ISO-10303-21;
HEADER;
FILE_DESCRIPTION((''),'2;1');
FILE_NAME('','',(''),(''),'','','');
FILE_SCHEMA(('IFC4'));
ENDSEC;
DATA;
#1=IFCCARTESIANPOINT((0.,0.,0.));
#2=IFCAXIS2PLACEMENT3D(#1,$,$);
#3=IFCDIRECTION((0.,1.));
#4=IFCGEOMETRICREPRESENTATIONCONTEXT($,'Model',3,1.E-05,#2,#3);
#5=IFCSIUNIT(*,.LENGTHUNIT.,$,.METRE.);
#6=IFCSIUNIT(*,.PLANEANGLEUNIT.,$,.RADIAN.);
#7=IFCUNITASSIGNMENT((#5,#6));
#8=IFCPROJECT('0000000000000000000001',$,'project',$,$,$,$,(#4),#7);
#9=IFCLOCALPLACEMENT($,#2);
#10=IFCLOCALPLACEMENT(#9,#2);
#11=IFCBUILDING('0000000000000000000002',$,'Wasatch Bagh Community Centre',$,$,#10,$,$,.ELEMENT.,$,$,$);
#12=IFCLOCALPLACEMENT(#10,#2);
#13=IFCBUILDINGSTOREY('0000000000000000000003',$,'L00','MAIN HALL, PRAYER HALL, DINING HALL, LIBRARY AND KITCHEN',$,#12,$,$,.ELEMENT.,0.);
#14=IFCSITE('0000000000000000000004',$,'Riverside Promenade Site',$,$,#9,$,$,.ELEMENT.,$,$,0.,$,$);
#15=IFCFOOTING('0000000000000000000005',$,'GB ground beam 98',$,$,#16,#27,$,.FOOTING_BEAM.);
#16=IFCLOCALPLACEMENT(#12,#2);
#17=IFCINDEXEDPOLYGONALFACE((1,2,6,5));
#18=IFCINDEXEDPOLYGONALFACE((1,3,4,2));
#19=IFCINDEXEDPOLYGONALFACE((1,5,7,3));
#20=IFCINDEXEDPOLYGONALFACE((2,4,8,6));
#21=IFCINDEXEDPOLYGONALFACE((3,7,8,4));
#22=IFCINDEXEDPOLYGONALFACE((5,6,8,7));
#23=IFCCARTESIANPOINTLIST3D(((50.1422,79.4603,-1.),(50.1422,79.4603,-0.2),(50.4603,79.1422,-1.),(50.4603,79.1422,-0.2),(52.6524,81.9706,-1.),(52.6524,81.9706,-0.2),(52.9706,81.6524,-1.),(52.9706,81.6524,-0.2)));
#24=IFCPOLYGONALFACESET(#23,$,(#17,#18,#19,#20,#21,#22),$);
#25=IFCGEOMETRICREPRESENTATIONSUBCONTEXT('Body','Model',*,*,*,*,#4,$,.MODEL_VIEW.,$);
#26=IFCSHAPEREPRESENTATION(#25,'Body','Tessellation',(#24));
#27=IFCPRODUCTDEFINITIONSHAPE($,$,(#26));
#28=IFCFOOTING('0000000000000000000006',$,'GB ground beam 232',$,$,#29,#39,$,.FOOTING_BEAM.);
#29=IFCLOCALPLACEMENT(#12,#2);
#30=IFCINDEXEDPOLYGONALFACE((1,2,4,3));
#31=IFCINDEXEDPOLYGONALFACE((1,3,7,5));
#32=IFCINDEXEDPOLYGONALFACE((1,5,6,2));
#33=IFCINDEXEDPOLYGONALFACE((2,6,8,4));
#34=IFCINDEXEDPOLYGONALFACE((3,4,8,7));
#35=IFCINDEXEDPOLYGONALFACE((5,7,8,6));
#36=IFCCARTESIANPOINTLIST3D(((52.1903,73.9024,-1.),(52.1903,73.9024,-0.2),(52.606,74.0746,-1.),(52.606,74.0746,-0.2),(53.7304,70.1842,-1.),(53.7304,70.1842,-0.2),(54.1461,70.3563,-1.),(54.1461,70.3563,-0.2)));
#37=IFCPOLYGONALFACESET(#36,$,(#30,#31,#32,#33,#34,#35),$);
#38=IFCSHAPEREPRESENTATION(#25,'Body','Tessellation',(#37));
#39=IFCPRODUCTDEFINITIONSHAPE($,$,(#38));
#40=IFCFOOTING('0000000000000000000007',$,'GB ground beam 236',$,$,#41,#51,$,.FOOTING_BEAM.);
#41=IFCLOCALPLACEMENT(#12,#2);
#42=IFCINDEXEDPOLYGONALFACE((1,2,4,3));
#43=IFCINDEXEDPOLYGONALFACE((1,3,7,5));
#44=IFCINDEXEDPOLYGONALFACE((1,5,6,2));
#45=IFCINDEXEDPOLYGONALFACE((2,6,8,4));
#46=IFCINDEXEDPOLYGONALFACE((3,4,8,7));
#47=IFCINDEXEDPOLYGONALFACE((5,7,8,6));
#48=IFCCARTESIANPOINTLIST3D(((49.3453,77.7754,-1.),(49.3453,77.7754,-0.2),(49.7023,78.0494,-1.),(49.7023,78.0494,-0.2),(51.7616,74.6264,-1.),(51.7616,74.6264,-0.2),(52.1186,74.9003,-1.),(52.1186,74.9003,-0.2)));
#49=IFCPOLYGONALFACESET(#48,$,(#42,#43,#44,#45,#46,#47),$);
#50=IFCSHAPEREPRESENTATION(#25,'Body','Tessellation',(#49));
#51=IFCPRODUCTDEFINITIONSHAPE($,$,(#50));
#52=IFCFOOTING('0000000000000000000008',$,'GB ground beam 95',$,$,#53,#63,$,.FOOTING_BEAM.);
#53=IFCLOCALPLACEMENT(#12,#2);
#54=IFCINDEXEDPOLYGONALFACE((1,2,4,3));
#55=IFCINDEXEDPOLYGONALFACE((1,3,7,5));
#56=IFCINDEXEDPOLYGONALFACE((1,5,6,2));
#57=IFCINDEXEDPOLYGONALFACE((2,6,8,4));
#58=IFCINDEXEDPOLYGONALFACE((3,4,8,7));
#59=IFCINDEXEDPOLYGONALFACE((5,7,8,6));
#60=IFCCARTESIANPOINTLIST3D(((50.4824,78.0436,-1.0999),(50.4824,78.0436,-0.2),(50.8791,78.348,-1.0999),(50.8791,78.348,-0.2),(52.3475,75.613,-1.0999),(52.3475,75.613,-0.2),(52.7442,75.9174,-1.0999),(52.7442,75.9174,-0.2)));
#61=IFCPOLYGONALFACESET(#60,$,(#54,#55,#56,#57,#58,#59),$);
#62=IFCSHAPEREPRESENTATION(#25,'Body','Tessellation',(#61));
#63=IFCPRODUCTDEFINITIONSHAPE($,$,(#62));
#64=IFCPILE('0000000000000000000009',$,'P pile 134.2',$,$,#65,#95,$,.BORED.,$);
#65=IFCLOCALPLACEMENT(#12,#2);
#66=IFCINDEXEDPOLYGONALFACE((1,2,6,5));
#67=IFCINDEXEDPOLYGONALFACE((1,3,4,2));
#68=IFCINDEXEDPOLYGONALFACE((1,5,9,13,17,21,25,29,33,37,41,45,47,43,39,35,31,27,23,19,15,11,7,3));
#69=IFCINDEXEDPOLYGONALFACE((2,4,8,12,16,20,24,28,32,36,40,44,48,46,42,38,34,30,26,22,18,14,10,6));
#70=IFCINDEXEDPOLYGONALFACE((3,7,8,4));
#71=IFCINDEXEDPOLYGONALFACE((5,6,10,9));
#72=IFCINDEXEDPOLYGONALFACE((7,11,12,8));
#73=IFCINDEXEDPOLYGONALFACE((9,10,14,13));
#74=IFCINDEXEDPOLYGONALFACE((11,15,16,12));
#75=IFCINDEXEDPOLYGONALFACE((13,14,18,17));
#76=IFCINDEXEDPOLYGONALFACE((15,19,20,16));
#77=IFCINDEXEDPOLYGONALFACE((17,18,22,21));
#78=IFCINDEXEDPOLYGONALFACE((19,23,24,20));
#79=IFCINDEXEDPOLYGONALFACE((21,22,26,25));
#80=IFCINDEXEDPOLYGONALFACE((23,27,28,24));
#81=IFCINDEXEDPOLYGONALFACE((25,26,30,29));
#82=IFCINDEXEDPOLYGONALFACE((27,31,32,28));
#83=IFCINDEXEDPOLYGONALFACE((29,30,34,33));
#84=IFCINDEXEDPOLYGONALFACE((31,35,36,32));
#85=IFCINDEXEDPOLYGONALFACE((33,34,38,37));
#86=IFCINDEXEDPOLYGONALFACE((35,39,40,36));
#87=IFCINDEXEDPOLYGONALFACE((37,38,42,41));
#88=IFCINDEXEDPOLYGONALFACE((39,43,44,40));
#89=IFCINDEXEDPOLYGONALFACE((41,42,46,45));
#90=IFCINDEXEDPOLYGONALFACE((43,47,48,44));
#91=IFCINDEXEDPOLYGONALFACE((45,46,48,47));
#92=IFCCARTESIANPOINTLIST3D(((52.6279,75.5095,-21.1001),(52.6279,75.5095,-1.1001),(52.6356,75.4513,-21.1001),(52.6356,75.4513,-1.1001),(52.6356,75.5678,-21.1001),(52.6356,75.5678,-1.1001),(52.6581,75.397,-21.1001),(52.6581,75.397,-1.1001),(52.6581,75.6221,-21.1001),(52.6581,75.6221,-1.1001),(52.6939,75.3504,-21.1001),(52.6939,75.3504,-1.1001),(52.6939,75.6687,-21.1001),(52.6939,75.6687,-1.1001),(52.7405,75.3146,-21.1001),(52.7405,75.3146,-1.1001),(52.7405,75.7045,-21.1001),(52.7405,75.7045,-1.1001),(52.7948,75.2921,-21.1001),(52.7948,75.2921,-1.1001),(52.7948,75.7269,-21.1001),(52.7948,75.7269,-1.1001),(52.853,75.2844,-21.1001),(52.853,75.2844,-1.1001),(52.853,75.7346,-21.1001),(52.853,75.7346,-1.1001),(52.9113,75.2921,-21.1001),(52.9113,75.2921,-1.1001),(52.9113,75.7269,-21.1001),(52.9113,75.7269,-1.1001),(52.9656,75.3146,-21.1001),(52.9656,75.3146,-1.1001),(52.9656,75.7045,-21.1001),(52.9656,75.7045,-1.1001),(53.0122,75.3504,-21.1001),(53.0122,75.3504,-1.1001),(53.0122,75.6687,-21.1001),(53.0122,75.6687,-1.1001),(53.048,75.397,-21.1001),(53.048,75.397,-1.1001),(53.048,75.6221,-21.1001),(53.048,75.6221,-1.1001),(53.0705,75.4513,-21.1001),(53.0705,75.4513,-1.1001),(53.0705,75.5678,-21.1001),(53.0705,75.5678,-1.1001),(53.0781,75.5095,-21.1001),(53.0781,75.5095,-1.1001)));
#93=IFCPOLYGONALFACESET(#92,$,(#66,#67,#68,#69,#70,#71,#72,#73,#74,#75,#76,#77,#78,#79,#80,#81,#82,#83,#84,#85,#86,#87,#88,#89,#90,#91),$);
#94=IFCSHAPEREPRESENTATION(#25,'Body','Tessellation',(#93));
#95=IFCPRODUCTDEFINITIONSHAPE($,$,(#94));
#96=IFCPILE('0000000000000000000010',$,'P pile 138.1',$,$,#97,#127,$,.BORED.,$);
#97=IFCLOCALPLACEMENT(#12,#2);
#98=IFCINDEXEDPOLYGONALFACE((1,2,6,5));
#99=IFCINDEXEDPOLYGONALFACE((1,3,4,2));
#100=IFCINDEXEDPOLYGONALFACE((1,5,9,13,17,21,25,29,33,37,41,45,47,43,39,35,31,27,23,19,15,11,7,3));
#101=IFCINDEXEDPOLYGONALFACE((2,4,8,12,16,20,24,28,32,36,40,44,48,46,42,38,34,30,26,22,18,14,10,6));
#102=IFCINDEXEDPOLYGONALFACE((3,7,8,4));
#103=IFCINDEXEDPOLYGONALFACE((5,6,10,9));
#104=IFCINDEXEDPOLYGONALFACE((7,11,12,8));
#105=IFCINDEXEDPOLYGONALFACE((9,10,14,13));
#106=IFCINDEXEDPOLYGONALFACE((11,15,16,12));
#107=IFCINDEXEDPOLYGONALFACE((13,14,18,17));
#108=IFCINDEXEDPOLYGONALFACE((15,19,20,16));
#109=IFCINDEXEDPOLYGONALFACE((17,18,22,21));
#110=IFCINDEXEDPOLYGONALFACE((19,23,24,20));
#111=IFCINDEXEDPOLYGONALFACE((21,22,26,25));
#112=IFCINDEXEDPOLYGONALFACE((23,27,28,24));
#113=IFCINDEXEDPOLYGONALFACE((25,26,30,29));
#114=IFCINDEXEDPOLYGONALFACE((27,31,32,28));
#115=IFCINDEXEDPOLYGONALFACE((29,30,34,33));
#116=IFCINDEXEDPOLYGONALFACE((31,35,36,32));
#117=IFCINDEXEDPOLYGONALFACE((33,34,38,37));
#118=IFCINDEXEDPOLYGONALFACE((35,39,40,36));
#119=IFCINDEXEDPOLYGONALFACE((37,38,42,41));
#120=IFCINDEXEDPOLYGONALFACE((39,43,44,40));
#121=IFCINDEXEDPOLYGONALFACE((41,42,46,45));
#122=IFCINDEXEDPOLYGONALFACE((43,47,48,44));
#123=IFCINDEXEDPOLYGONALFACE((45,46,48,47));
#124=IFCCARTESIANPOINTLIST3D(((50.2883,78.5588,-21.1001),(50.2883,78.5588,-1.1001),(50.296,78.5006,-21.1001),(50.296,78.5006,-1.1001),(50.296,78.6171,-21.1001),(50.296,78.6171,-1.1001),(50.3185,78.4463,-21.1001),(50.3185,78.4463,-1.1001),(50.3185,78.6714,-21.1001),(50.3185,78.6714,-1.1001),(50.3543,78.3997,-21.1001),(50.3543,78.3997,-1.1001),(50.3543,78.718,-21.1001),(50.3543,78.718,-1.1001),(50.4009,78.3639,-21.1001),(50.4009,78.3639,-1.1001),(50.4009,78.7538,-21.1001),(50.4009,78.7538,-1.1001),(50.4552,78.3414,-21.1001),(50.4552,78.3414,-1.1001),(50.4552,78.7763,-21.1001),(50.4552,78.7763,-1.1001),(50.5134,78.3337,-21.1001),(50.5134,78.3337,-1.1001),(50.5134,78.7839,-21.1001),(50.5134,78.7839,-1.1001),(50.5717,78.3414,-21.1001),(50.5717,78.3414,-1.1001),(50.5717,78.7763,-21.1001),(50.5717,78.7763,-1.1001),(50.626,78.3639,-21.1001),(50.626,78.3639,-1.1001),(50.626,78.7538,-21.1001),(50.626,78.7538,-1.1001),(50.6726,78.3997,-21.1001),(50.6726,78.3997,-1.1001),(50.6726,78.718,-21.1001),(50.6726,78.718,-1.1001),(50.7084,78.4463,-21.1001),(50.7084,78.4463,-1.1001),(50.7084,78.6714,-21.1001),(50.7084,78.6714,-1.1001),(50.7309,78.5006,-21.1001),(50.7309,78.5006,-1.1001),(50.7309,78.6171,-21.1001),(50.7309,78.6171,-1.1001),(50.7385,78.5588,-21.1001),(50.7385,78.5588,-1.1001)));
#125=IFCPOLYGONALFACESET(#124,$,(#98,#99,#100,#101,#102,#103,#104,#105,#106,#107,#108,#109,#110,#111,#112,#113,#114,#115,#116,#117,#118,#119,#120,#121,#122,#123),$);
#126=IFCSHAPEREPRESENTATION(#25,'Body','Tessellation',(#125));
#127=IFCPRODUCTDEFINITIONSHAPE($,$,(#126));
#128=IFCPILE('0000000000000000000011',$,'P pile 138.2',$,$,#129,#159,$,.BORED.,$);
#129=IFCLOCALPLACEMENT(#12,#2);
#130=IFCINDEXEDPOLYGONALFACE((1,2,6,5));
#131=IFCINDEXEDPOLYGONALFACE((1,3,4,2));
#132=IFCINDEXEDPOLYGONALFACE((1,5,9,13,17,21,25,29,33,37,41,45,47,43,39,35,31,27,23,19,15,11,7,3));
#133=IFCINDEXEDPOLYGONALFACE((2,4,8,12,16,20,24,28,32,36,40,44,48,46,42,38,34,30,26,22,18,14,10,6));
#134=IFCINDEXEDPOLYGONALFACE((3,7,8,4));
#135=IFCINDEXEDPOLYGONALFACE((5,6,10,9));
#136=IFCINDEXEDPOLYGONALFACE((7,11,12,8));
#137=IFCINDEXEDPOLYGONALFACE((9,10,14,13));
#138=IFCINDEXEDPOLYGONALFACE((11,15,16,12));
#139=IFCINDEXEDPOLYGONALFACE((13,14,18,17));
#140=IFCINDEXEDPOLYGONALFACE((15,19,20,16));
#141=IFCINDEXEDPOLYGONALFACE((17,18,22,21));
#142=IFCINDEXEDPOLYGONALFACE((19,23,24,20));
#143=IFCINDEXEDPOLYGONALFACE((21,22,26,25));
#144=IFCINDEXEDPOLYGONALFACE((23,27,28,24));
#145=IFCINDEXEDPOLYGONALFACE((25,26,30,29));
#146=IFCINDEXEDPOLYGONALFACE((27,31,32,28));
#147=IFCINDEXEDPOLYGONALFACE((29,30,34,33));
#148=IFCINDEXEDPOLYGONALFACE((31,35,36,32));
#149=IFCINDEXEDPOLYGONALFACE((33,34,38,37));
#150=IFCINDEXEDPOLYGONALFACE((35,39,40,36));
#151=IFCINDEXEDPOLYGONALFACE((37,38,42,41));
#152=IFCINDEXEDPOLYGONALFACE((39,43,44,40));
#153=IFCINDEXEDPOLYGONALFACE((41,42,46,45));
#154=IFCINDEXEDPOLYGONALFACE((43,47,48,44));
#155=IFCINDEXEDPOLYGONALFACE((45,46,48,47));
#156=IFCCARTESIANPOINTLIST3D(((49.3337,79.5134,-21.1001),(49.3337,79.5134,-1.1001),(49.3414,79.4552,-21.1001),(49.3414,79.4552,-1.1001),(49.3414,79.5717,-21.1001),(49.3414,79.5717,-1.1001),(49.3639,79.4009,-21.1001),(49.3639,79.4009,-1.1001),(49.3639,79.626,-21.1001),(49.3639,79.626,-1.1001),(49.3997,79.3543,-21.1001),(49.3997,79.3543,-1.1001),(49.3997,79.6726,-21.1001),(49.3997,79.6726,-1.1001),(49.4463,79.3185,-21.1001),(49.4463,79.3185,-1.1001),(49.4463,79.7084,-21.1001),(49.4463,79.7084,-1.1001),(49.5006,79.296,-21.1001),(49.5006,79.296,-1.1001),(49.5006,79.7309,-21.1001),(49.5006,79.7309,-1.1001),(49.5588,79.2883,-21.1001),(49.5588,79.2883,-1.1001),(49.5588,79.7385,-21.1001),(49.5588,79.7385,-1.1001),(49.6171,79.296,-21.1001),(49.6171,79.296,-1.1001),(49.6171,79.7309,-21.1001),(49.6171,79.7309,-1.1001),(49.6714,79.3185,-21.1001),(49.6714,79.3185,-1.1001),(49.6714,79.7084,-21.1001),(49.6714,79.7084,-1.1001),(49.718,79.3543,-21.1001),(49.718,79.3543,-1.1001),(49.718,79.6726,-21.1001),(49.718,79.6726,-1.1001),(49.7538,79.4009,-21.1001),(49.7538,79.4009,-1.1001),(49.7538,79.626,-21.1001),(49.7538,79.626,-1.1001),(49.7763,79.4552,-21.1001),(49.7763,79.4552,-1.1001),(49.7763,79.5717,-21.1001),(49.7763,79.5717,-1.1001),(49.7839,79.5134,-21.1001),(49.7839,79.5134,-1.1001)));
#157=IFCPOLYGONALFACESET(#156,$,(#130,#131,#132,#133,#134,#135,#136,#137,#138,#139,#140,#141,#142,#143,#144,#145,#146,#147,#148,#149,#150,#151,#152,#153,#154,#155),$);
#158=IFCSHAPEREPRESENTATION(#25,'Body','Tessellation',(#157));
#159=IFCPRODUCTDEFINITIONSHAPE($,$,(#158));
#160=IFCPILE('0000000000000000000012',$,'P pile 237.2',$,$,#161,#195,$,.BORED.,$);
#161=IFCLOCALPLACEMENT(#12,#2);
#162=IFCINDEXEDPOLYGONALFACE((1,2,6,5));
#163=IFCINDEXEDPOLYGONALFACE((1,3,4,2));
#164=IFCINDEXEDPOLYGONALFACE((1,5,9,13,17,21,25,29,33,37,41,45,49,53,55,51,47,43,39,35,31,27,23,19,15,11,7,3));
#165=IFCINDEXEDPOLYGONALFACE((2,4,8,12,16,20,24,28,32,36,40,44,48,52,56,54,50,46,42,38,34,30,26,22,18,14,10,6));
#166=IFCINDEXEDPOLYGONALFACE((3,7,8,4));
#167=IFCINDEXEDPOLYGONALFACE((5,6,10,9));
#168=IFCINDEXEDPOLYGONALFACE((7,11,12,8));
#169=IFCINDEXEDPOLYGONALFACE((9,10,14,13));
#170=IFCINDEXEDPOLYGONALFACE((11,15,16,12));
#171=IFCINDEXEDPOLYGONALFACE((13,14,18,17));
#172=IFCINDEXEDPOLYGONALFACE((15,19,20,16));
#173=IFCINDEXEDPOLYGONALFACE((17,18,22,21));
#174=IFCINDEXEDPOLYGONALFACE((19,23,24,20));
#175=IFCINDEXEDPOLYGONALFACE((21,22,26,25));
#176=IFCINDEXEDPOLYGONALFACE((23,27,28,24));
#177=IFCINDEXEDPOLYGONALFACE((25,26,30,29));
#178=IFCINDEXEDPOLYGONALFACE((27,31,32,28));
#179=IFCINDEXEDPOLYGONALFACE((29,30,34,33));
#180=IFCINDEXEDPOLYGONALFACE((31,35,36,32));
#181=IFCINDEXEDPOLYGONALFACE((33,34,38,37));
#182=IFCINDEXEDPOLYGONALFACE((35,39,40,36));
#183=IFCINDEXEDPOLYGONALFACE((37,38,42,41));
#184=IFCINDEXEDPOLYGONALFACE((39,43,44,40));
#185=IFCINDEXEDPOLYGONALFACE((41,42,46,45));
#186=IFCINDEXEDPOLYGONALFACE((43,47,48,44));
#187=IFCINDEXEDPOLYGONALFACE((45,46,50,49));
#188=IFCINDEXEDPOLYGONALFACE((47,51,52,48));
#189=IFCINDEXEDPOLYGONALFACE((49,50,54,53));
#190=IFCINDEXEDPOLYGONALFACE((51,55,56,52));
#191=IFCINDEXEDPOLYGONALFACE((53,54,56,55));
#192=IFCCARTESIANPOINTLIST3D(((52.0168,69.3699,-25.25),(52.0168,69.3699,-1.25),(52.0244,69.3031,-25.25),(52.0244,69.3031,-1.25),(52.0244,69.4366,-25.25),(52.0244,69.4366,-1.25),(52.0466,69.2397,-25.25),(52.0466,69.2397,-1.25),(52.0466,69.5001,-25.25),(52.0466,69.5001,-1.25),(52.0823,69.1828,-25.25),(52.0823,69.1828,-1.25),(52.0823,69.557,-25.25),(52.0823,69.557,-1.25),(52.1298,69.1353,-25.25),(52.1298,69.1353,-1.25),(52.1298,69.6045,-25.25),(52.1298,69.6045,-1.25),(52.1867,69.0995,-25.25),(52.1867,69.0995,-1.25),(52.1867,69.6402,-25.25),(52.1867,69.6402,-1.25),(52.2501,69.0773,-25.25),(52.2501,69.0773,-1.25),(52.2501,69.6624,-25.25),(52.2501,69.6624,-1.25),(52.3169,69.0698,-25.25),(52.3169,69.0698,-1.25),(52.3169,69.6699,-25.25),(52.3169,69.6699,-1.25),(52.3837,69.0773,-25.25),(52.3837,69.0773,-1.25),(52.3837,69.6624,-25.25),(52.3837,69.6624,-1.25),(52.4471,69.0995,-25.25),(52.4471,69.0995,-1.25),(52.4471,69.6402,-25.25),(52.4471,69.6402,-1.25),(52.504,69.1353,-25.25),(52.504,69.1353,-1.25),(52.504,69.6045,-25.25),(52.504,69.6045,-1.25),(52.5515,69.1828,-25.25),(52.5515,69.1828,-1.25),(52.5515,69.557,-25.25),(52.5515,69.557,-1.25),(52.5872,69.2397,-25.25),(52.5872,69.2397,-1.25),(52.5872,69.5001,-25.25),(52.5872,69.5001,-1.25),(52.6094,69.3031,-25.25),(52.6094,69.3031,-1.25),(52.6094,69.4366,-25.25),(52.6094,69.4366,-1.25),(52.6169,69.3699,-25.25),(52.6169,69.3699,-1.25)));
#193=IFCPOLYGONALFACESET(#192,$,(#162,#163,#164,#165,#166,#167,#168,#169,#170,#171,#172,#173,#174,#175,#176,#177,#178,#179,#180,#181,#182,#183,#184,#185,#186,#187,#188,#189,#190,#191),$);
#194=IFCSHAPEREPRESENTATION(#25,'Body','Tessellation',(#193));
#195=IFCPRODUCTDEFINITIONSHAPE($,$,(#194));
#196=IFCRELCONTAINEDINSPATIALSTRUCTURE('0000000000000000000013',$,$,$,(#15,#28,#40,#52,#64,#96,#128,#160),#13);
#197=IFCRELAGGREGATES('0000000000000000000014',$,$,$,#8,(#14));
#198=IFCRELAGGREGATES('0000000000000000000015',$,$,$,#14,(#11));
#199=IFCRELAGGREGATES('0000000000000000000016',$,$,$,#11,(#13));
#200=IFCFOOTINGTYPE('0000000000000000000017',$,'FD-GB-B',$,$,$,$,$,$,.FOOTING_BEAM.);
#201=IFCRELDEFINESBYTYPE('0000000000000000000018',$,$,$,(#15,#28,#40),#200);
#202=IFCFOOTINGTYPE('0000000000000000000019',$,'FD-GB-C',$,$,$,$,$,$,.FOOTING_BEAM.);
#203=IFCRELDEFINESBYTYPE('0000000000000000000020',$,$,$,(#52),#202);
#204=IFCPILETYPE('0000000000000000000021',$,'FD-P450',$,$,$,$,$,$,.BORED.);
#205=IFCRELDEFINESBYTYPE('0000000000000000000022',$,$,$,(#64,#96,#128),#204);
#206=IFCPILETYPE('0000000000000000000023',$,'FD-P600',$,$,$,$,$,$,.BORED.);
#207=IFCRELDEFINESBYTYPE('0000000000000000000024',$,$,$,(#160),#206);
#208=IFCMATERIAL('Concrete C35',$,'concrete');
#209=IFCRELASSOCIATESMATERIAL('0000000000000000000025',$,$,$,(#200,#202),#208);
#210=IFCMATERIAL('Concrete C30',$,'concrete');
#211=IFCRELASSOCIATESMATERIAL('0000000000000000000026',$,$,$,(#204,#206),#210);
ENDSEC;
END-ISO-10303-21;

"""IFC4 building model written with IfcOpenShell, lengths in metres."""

from ifc_helpers import new_model, si_unit, direction, frame, origin, origin_2d, place, context, subcontext, project, spatial, rectangle, circle, extrude, material, material_profile, profile_set, type_object, element, save


model = new_model("IFC4")

# Units and contexts
model_context = context("Model", 3, precision=1e-05, world=origin(), true_north=direction((0.0, 1.0)))
body_context = subcontext(model_context, "Body", "Model", "MODEL_VIEW")
ifc_project = project(units=[si_unit("LENGTHUNIT", "METRE"), si_unit("PLANEANGLEUNIT", "RADIAN")], contexts=[model_context])

# Site, building, storey
site_placement = place(None, origin())
site = spatial("IfcSite", under=ifc_project, at=site_placement, Name="Riverside Promenade Site", CompositionType="ELEMENT", RefElevation=0.0)
building_placement = place(site_placement, origin())
building = spatial("IfcBuilding", under=site, at=building_placement, Name="Wasatch Bagh Community Centre", CompositionType="ELEMENT")
storey_placement = place(building_placement, origin())
storey = spatial("IfcBuildingStorey", under=building, at=storey_placement, Name="L00", Description="MAIN HALL, PRAYER HALL, DINING HALL, LIBRARY AND KITCHEN", CompositionType="ELEMENT", Elevation=0.0)

# Footings
ifc_material_1 = material(Name="Concrete C35", Category="concrete")
footing_type_1 = type_object("IfcFootingType", Name="FD-GB-B", PredefinedType="FOOTING_BEAM", material=ifc_material_1)
footing_1_placement = place(storey_placement, frame((51.5564, 80.5564, -1.0), z_axis=(0.0, 0.0, 1.0), x_axis=(0.707107, 0.707107, 0.0)))
element("IfcFooting", 1, at=footing_1_placement, inside=storey, type_object=footing_type_1, Name="GB ground beam 98", PredefinedType="FOOTING_BEAM", context=body_context, shape_type="SweptSolid", body=[
    extrude(rectangle(XDim=3.55, YDim=0.45, at=origin_2d()), origin(), (0.0, 0.0, 1.0), 0.8),
])
footing_2_placement = place(storey_placement, frame((53.1682, 72.1294, -1.0), z_axis=(0.0, 0.0, 1.0), x_axis=(-0.382683, 0.92388, 0.0)))
element("IfcFooting", 2, at=footing_2_placement, inside=storey, type_object=footing_type_1, Name="GB ground beam 232", PredefinedType="FOOTING_BEAM", context=body_context, shape_type="SweptSolid", body=[
    extrude(rectangle(XDim=4.0247, YDim=0.45, at=origin_2d()), origin(), (0.0, 0.0, 1.0), 0.8),
])
footing_3_placement = place(storey_placement, frame((50.7319, 76.3379, -1.0), z_axis=(0.0, 0.0, 1.0), x_axis=(-0.608761, 0.793353, 0.0)))
element("IfcFooting", 3, at=footing_3_placement, inside=storey, type_object=footing_type_1, Name="GB ground beam 236", PredefinedType="FOOTING_BEAM", context=body_context, shape_type="SweptSolid", body=[
    extrude(rectangle(XDim=3.9692, YDim=0.45, at=origin_2d()), origin(), (0.0, 0.0, 1.0), 0.8),
])
footing_type_2 = type_object("IfcFootingType", Name="FD-GB-C", PredefinedType="FOOTING_BEAM", material=ifc_material_1)
footing_4_placement = place(storey_placement, frame((51.6133, 76.9805, -1.0999), z_axis=(0.0, 0.0, 1.0), x_axis=(-0.608761, 0.793353, 0.0)))
element("IfcFooting", 4, at=footing_4_placement, inside=storey, type_object=footing_type_2, Name="GB ground beam 95", PredefinedType="FOOTING_BEAM", context=body_context, shape_type="SweptSolid", body=[
    extrude(rectangle(XDim=3.0637, YDim=0.5, at=origin_2d()), origin(), (0.0, 0.0, 1.0), 0.8999),
])

# Piles
ifc_material_2 = material(Name="Concrete C30", Category="concrete")
ifc_material_profile_1 = material_profile(ifc_material_2, circle(Radius=0.2251, at=origin_2d()), Name="RC D450")
ifc_profile_set_1 = profile_set([ifc_material_profile_1], Name="Concrete C30")
pile_type_1 = type_object("IfcPileType", Name="FD-P450", PredefinedType="BORED", material=ifc_profile_set_1)
for number, where, z_axis, x_axis, name in (
    (5, (52.853, 75.5095, -1.1001), (0.0, 0.0, -1.0), (1.0, 0.0, 0.0), "P pile 134.2"),
    (6, (50.5134, 78.5588, -1.1001), (0.0, 0.0, -1.0), (1.0, 0.0, 0.0), "P pile 138.1"),
    (7, (49.5588, 79.5134, -1.1001), (0.0, 0.0, -1.0), (1.0, 0.0, 0.0), "P pile 138.2"),
):
    element("IfcPile", number, at=place(storey_placement, frame(where, z_axis=z_axis, x_axis=x_axis)), inside=storey, type_object=pile_type_1, Name=name, PredefinedType="BORED", context=body_context, shape_type="SweptSolid", body=[
        extrude(circle(Radius=0.2251, at=origin_2d()), origin(), (0.0, 0.0, 1.0), 20.0),
    ])
ifc_material_profile_2 = material_profile(ifc_material_2, circle(Radius=0.3, at=origin_2d()), Name="RC D600")
ifc_profile_set_2 = profile_set([ifc_material_profile_2], Name="Concrete C30")
pile_type_2 = type_object("IfcPileType", Name="FD-P600", PredefinedType="BORED", material=ifc_profile_set_2)
for number, where, z_axis, x_axis, name in (
    (8, (52.3169, 69.3699, -1.25), (0.0, 0.0, -1.0), (1.0, 0.0, 0.0), "P pile 237.2"),
):
    element("IfcPile", number, at=place(storey_placement, frame(where, z_axis=z_axis, x_axis=x_axis)), inside=storey, type_object=pile_type_2, Name=name, PredefinedType="BORED", context=body_context, shape_type="SweptSolid", body=[
        extrude(circle(Radius=0.3, at=origin_2d()), origin(), (0.0, 0.0, 1.0), 24.0),
    ])

save(model, "model.ifc")
